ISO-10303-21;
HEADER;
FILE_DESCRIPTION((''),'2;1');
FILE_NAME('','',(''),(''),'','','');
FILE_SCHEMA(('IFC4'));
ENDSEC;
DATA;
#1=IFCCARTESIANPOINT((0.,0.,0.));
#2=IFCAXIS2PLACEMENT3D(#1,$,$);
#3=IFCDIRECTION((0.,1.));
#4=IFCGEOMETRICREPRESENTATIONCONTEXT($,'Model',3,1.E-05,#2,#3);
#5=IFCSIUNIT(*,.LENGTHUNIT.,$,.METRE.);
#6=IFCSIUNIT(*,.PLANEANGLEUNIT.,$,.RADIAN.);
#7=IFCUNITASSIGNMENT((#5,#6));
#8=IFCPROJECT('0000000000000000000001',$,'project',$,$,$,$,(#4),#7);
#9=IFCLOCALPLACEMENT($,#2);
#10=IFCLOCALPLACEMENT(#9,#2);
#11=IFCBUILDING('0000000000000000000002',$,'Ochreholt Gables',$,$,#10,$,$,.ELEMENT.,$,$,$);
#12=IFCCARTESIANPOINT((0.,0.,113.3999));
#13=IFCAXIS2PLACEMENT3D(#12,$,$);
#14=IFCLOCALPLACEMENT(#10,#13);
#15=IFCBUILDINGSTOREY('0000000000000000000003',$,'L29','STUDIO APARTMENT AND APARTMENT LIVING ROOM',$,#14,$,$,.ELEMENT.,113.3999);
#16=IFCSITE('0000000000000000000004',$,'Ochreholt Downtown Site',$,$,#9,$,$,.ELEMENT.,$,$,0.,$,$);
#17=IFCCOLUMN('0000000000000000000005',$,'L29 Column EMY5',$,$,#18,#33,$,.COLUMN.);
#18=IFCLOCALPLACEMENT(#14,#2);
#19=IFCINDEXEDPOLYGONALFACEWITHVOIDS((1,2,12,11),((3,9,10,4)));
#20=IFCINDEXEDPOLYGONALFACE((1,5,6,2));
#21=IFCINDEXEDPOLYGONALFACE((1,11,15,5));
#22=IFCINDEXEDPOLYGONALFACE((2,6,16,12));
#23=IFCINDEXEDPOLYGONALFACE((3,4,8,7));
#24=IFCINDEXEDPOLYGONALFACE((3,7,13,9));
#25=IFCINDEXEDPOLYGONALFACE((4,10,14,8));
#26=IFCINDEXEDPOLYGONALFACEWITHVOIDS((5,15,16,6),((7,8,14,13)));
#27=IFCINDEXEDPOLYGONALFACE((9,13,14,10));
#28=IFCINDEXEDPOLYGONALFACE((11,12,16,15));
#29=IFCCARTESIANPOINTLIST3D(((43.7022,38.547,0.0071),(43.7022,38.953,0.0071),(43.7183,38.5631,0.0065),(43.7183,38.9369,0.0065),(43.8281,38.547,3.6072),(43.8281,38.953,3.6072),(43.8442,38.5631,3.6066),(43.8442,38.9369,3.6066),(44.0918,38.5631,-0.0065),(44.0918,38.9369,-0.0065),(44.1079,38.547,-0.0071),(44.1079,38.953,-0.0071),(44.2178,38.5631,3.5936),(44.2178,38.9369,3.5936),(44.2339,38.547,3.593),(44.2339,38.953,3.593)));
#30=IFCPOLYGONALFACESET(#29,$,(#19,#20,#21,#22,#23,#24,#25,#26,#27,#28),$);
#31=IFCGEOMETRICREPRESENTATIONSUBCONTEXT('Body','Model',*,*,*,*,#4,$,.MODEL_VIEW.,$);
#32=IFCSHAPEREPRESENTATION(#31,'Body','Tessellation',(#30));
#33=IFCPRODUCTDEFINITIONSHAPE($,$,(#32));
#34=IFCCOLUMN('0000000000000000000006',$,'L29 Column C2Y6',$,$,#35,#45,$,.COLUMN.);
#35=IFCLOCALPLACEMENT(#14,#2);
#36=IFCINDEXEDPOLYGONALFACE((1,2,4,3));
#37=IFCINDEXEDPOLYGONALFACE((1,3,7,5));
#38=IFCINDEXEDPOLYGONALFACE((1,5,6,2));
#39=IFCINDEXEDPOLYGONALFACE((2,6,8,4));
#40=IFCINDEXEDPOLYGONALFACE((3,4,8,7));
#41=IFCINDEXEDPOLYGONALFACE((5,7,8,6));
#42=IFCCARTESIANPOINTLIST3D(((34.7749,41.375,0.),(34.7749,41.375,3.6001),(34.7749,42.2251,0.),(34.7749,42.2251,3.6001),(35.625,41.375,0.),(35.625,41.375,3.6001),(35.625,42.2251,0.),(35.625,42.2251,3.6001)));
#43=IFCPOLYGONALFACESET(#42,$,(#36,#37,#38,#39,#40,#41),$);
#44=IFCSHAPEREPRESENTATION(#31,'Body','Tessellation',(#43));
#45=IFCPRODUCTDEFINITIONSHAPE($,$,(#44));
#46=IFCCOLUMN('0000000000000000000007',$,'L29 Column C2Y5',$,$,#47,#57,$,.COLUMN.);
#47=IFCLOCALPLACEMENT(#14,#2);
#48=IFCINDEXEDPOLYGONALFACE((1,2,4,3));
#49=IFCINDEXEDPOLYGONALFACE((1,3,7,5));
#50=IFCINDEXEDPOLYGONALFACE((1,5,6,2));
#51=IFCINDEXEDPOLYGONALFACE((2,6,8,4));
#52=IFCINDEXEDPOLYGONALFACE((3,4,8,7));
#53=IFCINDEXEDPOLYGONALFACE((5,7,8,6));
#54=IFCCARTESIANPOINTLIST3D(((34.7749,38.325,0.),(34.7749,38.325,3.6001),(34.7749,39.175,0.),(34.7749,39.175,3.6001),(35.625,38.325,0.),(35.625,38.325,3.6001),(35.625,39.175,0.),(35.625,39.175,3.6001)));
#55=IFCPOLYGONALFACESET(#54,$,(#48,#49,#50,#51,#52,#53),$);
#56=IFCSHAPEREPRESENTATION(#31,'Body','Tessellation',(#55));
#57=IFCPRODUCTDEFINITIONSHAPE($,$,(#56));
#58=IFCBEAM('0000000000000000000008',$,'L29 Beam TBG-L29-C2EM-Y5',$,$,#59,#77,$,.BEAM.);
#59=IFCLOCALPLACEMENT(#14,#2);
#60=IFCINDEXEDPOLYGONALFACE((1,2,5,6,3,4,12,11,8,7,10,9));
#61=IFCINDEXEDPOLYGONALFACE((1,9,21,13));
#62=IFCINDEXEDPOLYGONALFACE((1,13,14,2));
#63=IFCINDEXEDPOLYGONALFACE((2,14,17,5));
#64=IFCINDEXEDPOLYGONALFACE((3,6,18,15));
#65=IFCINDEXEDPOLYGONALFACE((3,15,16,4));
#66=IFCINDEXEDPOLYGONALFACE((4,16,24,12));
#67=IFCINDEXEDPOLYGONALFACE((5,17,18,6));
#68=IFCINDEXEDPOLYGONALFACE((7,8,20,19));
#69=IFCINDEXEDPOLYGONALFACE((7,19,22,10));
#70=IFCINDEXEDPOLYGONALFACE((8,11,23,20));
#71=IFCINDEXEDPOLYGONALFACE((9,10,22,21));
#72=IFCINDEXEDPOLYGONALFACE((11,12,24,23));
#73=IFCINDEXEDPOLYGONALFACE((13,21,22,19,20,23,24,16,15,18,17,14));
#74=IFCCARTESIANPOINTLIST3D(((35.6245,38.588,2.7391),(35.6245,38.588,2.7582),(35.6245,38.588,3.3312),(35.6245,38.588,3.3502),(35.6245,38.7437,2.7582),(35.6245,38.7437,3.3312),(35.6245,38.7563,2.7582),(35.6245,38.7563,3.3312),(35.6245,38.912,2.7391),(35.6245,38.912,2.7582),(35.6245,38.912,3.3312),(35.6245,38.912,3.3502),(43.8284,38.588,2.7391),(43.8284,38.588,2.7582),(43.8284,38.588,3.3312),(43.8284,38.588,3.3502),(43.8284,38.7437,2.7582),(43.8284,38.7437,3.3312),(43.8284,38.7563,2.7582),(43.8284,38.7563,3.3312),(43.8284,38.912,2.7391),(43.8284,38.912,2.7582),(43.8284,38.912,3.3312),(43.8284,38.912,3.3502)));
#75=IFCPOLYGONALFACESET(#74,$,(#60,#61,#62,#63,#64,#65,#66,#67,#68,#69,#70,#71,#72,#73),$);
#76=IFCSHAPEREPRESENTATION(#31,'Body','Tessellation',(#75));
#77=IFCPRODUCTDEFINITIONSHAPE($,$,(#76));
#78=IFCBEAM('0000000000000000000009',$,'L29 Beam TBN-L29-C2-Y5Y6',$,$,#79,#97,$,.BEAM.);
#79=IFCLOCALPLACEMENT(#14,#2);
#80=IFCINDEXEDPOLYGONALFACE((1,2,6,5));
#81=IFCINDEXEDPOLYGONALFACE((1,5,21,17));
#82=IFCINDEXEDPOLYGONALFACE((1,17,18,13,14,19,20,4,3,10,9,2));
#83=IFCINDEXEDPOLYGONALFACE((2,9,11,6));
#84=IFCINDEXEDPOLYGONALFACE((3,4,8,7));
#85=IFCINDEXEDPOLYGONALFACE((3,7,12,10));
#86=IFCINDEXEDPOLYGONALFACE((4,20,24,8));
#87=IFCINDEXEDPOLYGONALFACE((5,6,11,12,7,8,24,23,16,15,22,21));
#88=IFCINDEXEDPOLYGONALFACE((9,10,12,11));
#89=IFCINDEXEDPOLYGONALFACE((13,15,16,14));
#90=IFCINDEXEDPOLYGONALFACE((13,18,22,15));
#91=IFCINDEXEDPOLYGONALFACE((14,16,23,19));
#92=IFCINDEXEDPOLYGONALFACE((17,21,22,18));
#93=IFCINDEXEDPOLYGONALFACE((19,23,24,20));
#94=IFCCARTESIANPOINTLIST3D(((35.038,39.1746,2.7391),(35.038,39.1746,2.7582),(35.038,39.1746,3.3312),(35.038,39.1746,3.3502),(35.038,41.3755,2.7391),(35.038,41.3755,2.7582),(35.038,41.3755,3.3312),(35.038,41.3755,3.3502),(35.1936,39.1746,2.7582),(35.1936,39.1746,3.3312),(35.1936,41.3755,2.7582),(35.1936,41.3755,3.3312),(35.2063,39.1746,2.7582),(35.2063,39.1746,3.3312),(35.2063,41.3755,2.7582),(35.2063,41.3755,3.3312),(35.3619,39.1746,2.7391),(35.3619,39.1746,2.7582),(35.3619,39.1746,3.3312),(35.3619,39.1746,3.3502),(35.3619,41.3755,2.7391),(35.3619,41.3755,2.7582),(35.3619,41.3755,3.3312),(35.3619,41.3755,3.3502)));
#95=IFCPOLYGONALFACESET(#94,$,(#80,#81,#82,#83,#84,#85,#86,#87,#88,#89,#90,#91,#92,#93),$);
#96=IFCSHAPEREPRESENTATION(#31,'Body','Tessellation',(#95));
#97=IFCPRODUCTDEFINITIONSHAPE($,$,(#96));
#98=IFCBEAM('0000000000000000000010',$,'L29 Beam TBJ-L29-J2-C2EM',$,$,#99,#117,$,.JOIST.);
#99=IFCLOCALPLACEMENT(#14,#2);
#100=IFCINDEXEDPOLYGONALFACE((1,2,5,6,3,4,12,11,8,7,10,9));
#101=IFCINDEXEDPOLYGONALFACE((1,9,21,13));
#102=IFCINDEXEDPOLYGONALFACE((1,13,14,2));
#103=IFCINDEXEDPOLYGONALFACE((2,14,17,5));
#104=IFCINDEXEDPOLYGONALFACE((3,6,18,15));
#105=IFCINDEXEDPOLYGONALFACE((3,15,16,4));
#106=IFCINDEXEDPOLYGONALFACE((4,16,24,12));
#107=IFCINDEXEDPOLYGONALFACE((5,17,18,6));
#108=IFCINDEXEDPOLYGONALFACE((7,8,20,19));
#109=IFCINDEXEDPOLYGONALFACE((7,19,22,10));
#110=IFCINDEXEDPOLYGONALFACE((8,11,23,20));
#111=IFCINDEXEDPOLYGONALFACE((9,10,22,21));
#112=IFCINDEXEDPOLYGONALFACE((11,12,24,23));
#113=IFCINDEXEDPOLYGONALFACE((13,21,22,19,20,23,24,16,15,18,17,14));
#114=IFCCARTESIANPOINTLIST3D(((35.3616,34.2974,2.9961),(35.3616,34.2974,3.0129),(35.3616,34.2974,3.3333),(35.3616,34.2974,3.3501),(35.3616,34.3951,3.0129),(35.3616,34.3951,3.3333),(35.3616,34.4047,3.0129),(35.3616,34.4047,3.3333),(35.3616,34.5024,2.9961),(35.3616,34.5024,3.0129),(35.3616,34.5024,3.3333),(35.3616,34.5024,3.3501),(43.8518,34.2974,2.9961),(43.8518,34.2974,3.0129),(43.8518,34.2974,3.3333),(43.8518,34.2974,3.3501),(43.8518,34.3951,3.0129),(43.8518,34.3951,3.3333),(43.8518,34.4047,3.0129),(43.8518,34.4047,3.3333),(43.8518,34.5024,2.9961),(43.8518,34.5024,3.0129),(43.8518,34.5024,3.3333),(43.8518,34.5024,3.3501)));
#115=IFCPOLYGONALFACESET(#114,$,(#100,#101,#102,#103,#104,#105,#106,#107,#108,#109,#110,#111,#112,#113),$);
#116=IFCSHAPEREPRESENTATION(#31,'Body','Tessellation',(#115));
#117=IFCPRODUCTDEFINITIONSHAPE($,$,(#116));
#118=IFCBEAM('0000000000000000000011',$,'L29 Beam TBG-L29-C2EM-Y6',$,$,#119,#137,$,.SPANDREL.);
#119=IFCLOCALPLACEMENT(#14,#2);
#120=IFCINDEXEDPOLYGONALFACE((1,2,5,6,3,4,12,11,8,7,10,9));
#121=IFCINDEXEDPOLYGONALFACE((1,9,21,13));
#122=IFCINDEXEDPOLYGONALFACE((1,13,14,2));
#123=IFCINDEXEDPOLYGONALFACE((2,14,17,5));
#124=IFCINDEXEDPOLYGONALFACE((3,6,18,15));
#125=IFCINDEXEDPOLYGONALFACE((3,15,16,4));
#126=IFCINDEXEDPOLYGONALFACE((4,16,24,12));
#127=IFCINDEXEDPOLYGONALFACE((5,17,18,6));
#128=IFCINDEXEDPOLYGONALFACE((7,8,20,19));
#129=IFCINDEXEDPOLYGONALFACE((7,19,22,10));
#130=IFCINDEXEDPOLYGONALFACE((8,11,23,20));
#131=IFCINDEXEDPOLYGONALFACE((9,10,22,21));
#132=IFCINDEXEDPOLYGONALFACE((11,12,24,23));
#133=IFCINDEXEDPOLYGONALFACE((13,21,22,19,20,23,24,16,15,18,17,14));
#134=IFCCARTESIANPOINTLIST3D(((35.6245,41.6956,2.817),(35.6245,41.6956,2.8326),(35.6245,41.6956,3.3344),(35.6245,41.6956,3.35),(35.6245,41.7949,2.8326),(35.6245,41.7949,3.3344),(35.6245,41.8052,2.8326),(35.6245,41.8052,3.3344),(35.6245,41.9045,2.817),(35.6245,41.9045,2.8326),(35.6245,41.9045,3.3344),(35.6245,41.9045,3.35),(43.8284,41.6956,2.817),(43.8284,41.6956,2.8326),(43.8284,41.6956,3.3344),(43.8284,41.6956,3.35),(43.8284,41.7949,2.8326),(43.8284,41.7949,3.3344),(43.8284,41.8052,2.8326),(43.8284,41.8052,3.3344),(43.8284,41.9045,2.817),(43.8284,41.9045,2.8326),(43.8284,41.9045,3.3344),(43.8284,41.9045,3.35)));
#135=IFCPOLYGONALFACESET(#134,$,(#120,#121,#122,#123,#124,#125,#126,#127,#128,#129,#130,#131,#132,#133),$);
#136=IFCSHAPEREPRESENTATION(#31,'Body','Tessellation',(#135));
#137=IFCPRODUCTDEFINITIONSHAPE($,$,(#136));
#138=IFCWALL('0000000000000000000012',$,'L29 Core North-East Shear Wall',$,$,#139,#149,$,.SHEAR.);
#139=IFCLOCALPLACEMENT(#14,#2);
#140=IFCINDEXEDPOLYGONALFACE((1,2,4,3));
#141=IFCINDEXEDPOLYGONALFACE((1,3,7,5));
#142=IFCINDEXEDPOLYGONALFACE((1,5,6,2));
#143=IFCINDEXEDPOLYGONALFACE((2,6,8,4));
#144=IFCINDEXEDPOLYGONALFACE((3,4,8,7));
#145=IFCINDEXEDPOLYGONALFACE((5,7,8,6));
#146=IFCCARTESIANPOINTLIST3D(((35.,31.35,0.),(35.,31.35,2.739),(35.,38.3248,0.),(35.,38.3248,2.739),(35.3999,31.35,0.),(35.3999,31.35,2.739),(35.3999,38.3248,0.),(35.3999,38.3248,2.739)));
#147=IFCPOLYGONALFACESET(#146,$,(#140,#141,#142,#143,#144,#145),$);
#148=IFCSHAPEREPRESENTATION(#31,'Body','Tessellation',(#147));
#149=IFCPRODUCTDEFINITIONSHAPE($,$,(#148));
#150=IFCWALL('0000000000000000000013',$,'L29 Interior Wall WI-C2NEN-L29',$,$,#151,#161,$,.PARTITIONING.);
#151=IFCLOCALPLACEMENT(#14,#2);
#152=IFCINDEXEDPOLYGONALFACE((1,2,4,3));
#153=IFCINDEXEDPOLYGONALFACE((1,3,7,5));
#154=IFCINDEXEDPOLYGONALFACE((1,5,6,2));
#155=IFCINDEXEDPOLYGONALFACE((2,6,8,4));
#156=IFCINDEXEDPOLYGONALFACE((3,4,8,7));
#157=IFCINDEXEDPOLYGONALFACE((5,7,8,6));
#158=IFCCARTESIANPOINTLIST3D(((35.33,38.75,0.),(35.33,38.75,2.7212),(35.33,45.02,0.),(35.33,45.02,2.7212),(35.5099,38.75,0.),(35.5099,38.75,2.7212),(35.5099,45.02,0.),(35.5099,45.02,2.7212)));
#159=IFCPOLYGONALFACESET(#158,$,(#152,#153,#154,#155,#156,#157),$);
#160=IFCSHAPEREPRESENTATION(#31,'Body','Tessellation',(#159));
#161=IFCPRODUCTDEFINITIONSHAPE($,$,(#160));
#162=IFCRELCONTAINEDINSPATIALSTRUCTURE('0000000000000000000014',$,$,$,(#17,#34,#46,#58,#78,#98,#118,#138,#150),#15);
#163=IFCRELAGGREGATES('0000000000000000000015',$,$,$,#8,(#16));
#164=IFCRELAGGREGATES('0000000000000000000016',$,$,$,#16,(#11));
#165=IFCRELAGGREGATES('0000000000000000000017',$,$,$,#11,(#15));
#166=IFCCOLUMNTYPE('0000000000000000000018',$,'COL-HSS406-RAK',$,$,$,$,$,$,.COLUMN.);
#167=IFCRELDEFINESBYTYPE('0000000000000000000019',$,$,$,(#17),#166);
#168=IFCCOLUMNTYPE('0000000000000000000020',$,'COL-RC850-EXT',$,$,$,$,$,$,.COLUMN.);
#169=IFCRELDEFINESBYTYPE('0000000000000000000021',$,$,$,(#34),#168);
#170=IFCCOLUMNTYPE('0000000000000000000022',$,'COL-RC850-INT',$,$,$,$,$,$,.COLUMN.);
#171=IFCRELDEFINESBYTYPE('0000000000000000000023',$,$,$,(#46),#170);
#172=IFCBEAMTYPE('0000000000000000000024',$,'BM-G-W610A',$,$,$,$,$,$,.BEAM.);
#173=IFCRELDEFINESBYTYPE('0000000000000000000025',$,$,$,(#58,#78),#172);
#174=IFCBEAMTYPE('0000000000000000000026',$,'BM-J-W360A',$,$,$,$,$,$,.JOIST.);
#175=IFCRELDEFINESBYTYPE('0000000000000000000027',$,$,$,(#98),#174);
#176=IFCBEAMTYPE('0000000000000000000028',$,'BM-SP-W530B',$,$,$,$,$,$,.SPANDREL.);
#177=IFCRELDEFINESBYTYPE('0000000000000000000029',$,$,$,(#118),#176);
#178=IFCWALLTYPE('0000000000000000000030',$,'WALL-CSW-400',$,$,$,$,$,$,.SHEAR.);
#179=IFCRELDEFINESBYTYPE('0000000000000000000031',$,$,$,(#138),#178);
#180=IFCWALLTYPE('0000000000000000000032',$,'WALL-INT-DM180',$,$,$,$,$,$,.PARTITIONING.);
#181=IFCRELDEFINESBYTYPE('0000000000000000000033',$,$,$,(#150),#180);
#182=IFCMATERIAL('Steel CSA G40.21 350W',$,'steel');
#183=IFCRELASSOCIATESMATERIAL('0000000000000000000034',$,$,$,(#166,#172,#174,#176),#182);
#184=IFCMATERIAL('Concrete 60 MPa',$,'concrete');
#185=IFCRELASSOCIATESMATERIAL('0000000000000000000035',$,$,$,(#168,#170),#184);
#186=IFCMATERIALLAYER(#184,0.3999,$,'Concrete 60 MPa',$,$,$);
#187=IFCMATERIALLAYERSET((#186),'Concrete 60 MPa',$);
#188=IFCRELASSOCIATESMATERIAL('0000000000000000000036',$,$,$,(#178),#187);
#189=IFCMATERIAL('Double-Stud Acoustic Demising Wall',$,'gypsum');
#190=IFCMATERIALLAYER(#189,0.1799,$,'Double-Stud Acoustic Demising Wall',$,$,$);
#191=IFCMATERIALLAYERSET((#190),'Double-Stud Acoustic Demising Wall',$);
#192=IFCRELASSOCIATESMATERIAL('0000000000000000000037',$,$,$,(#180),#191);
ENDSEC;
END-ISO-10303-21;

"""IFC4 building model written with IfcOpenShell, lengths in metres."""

from ifc_helpers import new_model, si_unit, direction, frame, frame_2d, origin, origin_2d, place, context, subcontext, project, spatial, rectangle, hollow_rectangle, i_section, extrude, material, layer, layer_set, material_profile, profile_set, type_object, element, save


model = new_model("IFC4")

# Units and contexts
model_context = context("Model", 3, precision=1e-05, world=origin(), true_north=direction((0.0, 1.0)))
body_context = subcontext(model_context, "Body", "Model", "MODEL_VIEW")
ifc_project = project(units=[si_unit("LENGTHUNIT", "METRE"), si_unit("PLANEANGLEUNIT", "RADIAN")], contexts=[model_context])

# Site, building, storey
site_placement = place(None, origin())
site = spatial("IfcSite", under=ifc_project, at=site_placement, Name="Ochreholt Downtown Site", CompositionType="ELEMENT", RefElevation=0.0)
building_placement = place(site_placement, origin())
building = spatial("IfcBuilding", under=site, at=building_placement, Name="Ochreholt Gables", CompositionType="ELEMENT")
storey_placement = place(building_placement, frame((0.0, 0.0, 113.3999)))
storey = spatial("IfcBuildingStorey", under=building, at=storey_placement, Name="L29", Description="STUDIO APARTMENT AND APARTMENT LIVING ROOM", CompositionType="ELEMENT", Elevation=113.3999)

# Columns
ifc_material_1 = material(Name="Steel CSA G40.21 350W", Category="steel")
ifc_material_profile_1 = material_profile(ifc_material_1, hollow_rectangle(XDim=0.406, YDim=0.406, WallThickness=0.0161, at=origin_2d()), Name="HSS406X406X16")
ifc_profile_set_1 = profile_set([ifc_material_profile_1], Name="Steel CSA G40.21 350W")
column_type_1 = type_object("IfcColumnType", Name="COL-HSS406-RAK", PredefinedType="COLUMN", material=ifc_profile_set_1)
column_1_placement = place(storey_placement, frame((43.905, 38.75, 0.0), z_axis=(0.034971, 0.0, 0.999388), x_axis=(0.0, 1.0, 0.0)))
element("IfcColumn", 1, at=column_1_placement, inside=storey, type_object=column_type_1, Name="L29 Column EMY5", PredefinedType="COLUMN", context=body_context, shape_type="SweptSolid", body=[
    extrude(hollow_rectangle(XDim=0.406, YDim=0.406, WallThickness=0.0161, at=origin_2d()), origin(), (0.0, 0.0, 1.0), 3.6023),
])
ifc_material_2 = material(Name="Concrete 60 MPa", Category="concrete")
ifc_material_profile_2 = material_profile(ifc_material_2, rectangle(XDim=0.8501, YDim=0.8501, at=origin_2d()), Name="RC850X850")
ifc_profile_set_2 = profile_set([ifc_material_profile_2], Name="Concrete 60 MPa")
column_type_2 = type_object("IfcColumnType", Name="COL-RC850-EXT", PredefinedType="COLUMN", material=ifc_profile_set_2)
column_2_placement = place(storey_placement, frame((35.2, 41.8, 0.0), z_axis=(0.0, 0.0, 1.0), x_axis=(1.0, 0.0, 0.0)))
element("IfcColumn", 2, at=column_2_placement, inside=storey, type_object=column_type_2, Name="L29 Column C2Y6", PredefinedType="COLUMN", context=body_context, shape_type="SweptSolid", body=[
    extrude(rectangle(XDim=0.8501, YDim=0.8501, at=origin_2d()), origin(), (0.0, 0.0, 1.0), 3.6001),
])
ifc_material_profile_3 = material_profile(ifc_material_2, rectangle(XDim=0.8501, YDim=0.8501, at=origin_2d()), Name="RC850X850")
ifc_profile_set_3 = profile_set([ifc_material_profile_3], Name="Concrete 60 MPa")
column_type_3 = type_object("IfcColumnType", Name="COL-RC850-INT", PredefinedType="COLUMN", material=ifc_profile_set_3)
column_3_placement = place(storey_placement, frame((35.2, 38.75, 0.0), z_axis=(0.0, 0.0, 1.0), x_axis=(1.0, 0.0, 0.0)))
element("IfcColumn", 3, at=column_3_placement, inside=storey, type_object=column_type_3, Name="L29 Column C2Y5", PredefinedType="COLUMN", context=body_context, shape_type="SweptSolid", body=[
    extrude(rectangle(XDim=0.8501, YDim=0.8501, at=origin_2d()), origin(), (0.0, 0.0, 1.0), 3.6001),
])

# Beams
ifc_material_profile_4 = material_profile(ifc_material_1, i_section(OverallWidth=0.324, OverallDepth=0.6111, WebThickness=0.0127, FlangeThickness=0.019, at=origin_2d()), Name="W610X155")
ifc_profile_set_4 = profile_set([ifc_material_profile_4], Name="Steel CSA G40.21 350W")
beam_type_1 = type_object("IfcBeamType", Name="BM-G-W610A", PredefinedType="BEAM", material=ifc_profile_set_4)
beam_1_placement = place(storey_placement, frame((35.6245, 38.75, 3.0447), z_axis=(1.0, 0.0, 0.0), x_axis=(0.0, 1.0, 0.0)))
element("IfcBeam", 4, at=beam_1_placement, inside=storey, type_object=beam_type_1, Name="L29 Beam TBG-L29-C2EM-Y5", PredefinedType="BEAM", context=body_context, shape_type="SweptSolid", body=[
    extrude(i_section(OverallWidth=0.324, OverallDepth=0.6111, WebThickness=0.0127, FlangeThickness=0.019, at=origin_2d()), origin(), (0.0, 0.0, 1.0), 8.2039),
])
beam_2_placement = place(storey_placement, frame((35.2, 39.1746, 3.0447), z_axis=(0.0, 1.0, 0.0), x_axis=(-1.0, 0.0, 0.0)))
element("IfcBeam", 5, at=beam_2_placement, inside=storey, type_object=beam_type_1, Name="L29 Beam TBN-L29-C2-Y5Y6", PredefinedType="BEAM", context=body_context, shape_type="SweptSolid", body=[
    extrude(i_section(OverallWidth=0.324, OverallDepth=0.6111, WebThickness=0.0127, FlangeThickness=0.019, at=origin_2d()), origin(), (0.0, 0.0, 1.0), 2.2009),
])
ifc_material_profile_5 = material_profile(ifc_material_1, i_section(OverallWidth=0.2051, OverallDepth=0.354, WebThickness=0.0095, FlangeThickness=0.0168, at=origin_2d()), Name="W360X79")
ifc_profile_set_5 = profile_set([ifc_material_profile_5], Name="Steel CSA G40.21 350W")
beam_type_2 = type_object("IfcBeamType", Name="BM-J-W360A", PredefinedType="JOIST", material=ifc_profile_set_5)
beam_3_placement = place(storey_placement, frame((35.3616, 34.3999, 3.1731), z_axis=(1.0, 0.0, 0.0), x_axis=(0.0, 1.0, 0.0)))
element("IfcBeam", 6, at=beam_3_placement, inside=storey, type_object=beam_type_2, Name="L29 Beam TBJ-L29-J2-C2EM", PredefinedType="JOIST", context=body_context, shape_type="SweptSolid", body=[
    extrude(i_section(OverallWidth=0.2051, OverallDepth=0.354, WebThickness=0.0095, FlangeThickness=0.0168, at=origin_2d()), origin(), (0.0, 0.0, 1.0), 8.4902),
])
ifc_material_profile_6 = material_profile(ifc_material_1, i_section(OverallWidth=0.209, OverallDepth=0.533, WebThickness=0.0103, FlangeThickness=0.0156, at=origin_2d()), Name="W530X92")
ifc_profile_set_6 = profile_set([ifc_material_profile_6], Name="Steel CSA G40.21 350W")
beam_type_3 = type_object("IfcBeamType", Name="BM-SP-W530B", PredefinedType="SPANDREL", material=ifc_profile_set_6)
beam_4_placement = place(storey_placement, frame((35.6245, 41.8, 3.0835), z_axis=(1.0, 0.0, 0.0), x_axis=(0.0, 1.0, 0.0)))
element("IfcBeam", 7, at=beam_4_placement, inside=storey, type_object=beam_type_3, Name="L29 Beam TBG-L29-C2EM-Y6", PredefinedType="SPANDREL", context=body_context, shape_type="SweptSolid", body=[
    extrude(i_section(OverallWidth=0.209, OverallDepth=0.533, WebThickness=0.0103, FlangeThickness=0.0156, at=origin_2d()), origin(), (0.0, 0.0, 1.0), 8.2039),
])

# Walls
ifc_layer_1 = layer(ifc_material_2, 0.3999, Name="Concrete 60 MPa")
ifc_layer_set_1 = layer_set([ifc_layer_1], Name="Concrete 60 MPa")
wall_type_1 = type_object("IfcWallType", Name="WALL-CSW-400", PredefinedType="SHEAR", material=ifc_layer_set_1)
wall_1_placement = place(storey_placement, frame((35.2, 31.3501, 0.0), z_axis=(0.0, 0.0, 1.0), x_axis=(0.0, 1.0, 0.0)))
element("IfcWall", 8, at=wall_1_placement, inside=storey, type_object=wall_type_1, Name="L29 Core North-East Shear Wall", PredefinedType="SHEAR", context=body_context, shape_type="SweptSolid", body=[
    extrude(rectangle(XDim=6.9749, YDim=0.3999, at=frame_2d((3.4873, 0.0))), origin(), (0.0, 0.0, 1.0), 2.739),
])
ifc_material_3 = material(Name="Double-Stud Acoustic Demising Wall", Category="gypsum")
ifc_layer_2 = layer(ifc_material_3, 0.1799, Name="Double-Stud Acoustic Demising Wall")
ifc_layer_set_2 = layer_set([ifc_layer_2], Name="Double-Stud Acoustic Demising Wall")
wall_type_2 = type_object("IfcWallType", Name="WALL-INT-DM180", PredefinedType="PARTITIONING", material=ifc_layer_set_2)
wall_2_placement = place(storey_placement, frame((35.4199, 38.75, 0.0), z_axis=(0.0, 0.0, 1.0), x_axis=(0.0, 1.0, 0.0)))
element("IfcWall", 9, at=wall_2_placement, inside=storey, type_object=wall_type_2, Name="L29 Interior Wall WI-C2NEN-L29", PredefinedType="PARTITIONING", context=body_context, shape_type="SweptSolid", body=[
    extrude(rectangle(XDim=6.27, YDim=0.1799, at=frame_2d((3.135, 0.0))), origin(), (0.0, 0.0, 1.0), 2.7212),
])

save(model, "model.ifc")
